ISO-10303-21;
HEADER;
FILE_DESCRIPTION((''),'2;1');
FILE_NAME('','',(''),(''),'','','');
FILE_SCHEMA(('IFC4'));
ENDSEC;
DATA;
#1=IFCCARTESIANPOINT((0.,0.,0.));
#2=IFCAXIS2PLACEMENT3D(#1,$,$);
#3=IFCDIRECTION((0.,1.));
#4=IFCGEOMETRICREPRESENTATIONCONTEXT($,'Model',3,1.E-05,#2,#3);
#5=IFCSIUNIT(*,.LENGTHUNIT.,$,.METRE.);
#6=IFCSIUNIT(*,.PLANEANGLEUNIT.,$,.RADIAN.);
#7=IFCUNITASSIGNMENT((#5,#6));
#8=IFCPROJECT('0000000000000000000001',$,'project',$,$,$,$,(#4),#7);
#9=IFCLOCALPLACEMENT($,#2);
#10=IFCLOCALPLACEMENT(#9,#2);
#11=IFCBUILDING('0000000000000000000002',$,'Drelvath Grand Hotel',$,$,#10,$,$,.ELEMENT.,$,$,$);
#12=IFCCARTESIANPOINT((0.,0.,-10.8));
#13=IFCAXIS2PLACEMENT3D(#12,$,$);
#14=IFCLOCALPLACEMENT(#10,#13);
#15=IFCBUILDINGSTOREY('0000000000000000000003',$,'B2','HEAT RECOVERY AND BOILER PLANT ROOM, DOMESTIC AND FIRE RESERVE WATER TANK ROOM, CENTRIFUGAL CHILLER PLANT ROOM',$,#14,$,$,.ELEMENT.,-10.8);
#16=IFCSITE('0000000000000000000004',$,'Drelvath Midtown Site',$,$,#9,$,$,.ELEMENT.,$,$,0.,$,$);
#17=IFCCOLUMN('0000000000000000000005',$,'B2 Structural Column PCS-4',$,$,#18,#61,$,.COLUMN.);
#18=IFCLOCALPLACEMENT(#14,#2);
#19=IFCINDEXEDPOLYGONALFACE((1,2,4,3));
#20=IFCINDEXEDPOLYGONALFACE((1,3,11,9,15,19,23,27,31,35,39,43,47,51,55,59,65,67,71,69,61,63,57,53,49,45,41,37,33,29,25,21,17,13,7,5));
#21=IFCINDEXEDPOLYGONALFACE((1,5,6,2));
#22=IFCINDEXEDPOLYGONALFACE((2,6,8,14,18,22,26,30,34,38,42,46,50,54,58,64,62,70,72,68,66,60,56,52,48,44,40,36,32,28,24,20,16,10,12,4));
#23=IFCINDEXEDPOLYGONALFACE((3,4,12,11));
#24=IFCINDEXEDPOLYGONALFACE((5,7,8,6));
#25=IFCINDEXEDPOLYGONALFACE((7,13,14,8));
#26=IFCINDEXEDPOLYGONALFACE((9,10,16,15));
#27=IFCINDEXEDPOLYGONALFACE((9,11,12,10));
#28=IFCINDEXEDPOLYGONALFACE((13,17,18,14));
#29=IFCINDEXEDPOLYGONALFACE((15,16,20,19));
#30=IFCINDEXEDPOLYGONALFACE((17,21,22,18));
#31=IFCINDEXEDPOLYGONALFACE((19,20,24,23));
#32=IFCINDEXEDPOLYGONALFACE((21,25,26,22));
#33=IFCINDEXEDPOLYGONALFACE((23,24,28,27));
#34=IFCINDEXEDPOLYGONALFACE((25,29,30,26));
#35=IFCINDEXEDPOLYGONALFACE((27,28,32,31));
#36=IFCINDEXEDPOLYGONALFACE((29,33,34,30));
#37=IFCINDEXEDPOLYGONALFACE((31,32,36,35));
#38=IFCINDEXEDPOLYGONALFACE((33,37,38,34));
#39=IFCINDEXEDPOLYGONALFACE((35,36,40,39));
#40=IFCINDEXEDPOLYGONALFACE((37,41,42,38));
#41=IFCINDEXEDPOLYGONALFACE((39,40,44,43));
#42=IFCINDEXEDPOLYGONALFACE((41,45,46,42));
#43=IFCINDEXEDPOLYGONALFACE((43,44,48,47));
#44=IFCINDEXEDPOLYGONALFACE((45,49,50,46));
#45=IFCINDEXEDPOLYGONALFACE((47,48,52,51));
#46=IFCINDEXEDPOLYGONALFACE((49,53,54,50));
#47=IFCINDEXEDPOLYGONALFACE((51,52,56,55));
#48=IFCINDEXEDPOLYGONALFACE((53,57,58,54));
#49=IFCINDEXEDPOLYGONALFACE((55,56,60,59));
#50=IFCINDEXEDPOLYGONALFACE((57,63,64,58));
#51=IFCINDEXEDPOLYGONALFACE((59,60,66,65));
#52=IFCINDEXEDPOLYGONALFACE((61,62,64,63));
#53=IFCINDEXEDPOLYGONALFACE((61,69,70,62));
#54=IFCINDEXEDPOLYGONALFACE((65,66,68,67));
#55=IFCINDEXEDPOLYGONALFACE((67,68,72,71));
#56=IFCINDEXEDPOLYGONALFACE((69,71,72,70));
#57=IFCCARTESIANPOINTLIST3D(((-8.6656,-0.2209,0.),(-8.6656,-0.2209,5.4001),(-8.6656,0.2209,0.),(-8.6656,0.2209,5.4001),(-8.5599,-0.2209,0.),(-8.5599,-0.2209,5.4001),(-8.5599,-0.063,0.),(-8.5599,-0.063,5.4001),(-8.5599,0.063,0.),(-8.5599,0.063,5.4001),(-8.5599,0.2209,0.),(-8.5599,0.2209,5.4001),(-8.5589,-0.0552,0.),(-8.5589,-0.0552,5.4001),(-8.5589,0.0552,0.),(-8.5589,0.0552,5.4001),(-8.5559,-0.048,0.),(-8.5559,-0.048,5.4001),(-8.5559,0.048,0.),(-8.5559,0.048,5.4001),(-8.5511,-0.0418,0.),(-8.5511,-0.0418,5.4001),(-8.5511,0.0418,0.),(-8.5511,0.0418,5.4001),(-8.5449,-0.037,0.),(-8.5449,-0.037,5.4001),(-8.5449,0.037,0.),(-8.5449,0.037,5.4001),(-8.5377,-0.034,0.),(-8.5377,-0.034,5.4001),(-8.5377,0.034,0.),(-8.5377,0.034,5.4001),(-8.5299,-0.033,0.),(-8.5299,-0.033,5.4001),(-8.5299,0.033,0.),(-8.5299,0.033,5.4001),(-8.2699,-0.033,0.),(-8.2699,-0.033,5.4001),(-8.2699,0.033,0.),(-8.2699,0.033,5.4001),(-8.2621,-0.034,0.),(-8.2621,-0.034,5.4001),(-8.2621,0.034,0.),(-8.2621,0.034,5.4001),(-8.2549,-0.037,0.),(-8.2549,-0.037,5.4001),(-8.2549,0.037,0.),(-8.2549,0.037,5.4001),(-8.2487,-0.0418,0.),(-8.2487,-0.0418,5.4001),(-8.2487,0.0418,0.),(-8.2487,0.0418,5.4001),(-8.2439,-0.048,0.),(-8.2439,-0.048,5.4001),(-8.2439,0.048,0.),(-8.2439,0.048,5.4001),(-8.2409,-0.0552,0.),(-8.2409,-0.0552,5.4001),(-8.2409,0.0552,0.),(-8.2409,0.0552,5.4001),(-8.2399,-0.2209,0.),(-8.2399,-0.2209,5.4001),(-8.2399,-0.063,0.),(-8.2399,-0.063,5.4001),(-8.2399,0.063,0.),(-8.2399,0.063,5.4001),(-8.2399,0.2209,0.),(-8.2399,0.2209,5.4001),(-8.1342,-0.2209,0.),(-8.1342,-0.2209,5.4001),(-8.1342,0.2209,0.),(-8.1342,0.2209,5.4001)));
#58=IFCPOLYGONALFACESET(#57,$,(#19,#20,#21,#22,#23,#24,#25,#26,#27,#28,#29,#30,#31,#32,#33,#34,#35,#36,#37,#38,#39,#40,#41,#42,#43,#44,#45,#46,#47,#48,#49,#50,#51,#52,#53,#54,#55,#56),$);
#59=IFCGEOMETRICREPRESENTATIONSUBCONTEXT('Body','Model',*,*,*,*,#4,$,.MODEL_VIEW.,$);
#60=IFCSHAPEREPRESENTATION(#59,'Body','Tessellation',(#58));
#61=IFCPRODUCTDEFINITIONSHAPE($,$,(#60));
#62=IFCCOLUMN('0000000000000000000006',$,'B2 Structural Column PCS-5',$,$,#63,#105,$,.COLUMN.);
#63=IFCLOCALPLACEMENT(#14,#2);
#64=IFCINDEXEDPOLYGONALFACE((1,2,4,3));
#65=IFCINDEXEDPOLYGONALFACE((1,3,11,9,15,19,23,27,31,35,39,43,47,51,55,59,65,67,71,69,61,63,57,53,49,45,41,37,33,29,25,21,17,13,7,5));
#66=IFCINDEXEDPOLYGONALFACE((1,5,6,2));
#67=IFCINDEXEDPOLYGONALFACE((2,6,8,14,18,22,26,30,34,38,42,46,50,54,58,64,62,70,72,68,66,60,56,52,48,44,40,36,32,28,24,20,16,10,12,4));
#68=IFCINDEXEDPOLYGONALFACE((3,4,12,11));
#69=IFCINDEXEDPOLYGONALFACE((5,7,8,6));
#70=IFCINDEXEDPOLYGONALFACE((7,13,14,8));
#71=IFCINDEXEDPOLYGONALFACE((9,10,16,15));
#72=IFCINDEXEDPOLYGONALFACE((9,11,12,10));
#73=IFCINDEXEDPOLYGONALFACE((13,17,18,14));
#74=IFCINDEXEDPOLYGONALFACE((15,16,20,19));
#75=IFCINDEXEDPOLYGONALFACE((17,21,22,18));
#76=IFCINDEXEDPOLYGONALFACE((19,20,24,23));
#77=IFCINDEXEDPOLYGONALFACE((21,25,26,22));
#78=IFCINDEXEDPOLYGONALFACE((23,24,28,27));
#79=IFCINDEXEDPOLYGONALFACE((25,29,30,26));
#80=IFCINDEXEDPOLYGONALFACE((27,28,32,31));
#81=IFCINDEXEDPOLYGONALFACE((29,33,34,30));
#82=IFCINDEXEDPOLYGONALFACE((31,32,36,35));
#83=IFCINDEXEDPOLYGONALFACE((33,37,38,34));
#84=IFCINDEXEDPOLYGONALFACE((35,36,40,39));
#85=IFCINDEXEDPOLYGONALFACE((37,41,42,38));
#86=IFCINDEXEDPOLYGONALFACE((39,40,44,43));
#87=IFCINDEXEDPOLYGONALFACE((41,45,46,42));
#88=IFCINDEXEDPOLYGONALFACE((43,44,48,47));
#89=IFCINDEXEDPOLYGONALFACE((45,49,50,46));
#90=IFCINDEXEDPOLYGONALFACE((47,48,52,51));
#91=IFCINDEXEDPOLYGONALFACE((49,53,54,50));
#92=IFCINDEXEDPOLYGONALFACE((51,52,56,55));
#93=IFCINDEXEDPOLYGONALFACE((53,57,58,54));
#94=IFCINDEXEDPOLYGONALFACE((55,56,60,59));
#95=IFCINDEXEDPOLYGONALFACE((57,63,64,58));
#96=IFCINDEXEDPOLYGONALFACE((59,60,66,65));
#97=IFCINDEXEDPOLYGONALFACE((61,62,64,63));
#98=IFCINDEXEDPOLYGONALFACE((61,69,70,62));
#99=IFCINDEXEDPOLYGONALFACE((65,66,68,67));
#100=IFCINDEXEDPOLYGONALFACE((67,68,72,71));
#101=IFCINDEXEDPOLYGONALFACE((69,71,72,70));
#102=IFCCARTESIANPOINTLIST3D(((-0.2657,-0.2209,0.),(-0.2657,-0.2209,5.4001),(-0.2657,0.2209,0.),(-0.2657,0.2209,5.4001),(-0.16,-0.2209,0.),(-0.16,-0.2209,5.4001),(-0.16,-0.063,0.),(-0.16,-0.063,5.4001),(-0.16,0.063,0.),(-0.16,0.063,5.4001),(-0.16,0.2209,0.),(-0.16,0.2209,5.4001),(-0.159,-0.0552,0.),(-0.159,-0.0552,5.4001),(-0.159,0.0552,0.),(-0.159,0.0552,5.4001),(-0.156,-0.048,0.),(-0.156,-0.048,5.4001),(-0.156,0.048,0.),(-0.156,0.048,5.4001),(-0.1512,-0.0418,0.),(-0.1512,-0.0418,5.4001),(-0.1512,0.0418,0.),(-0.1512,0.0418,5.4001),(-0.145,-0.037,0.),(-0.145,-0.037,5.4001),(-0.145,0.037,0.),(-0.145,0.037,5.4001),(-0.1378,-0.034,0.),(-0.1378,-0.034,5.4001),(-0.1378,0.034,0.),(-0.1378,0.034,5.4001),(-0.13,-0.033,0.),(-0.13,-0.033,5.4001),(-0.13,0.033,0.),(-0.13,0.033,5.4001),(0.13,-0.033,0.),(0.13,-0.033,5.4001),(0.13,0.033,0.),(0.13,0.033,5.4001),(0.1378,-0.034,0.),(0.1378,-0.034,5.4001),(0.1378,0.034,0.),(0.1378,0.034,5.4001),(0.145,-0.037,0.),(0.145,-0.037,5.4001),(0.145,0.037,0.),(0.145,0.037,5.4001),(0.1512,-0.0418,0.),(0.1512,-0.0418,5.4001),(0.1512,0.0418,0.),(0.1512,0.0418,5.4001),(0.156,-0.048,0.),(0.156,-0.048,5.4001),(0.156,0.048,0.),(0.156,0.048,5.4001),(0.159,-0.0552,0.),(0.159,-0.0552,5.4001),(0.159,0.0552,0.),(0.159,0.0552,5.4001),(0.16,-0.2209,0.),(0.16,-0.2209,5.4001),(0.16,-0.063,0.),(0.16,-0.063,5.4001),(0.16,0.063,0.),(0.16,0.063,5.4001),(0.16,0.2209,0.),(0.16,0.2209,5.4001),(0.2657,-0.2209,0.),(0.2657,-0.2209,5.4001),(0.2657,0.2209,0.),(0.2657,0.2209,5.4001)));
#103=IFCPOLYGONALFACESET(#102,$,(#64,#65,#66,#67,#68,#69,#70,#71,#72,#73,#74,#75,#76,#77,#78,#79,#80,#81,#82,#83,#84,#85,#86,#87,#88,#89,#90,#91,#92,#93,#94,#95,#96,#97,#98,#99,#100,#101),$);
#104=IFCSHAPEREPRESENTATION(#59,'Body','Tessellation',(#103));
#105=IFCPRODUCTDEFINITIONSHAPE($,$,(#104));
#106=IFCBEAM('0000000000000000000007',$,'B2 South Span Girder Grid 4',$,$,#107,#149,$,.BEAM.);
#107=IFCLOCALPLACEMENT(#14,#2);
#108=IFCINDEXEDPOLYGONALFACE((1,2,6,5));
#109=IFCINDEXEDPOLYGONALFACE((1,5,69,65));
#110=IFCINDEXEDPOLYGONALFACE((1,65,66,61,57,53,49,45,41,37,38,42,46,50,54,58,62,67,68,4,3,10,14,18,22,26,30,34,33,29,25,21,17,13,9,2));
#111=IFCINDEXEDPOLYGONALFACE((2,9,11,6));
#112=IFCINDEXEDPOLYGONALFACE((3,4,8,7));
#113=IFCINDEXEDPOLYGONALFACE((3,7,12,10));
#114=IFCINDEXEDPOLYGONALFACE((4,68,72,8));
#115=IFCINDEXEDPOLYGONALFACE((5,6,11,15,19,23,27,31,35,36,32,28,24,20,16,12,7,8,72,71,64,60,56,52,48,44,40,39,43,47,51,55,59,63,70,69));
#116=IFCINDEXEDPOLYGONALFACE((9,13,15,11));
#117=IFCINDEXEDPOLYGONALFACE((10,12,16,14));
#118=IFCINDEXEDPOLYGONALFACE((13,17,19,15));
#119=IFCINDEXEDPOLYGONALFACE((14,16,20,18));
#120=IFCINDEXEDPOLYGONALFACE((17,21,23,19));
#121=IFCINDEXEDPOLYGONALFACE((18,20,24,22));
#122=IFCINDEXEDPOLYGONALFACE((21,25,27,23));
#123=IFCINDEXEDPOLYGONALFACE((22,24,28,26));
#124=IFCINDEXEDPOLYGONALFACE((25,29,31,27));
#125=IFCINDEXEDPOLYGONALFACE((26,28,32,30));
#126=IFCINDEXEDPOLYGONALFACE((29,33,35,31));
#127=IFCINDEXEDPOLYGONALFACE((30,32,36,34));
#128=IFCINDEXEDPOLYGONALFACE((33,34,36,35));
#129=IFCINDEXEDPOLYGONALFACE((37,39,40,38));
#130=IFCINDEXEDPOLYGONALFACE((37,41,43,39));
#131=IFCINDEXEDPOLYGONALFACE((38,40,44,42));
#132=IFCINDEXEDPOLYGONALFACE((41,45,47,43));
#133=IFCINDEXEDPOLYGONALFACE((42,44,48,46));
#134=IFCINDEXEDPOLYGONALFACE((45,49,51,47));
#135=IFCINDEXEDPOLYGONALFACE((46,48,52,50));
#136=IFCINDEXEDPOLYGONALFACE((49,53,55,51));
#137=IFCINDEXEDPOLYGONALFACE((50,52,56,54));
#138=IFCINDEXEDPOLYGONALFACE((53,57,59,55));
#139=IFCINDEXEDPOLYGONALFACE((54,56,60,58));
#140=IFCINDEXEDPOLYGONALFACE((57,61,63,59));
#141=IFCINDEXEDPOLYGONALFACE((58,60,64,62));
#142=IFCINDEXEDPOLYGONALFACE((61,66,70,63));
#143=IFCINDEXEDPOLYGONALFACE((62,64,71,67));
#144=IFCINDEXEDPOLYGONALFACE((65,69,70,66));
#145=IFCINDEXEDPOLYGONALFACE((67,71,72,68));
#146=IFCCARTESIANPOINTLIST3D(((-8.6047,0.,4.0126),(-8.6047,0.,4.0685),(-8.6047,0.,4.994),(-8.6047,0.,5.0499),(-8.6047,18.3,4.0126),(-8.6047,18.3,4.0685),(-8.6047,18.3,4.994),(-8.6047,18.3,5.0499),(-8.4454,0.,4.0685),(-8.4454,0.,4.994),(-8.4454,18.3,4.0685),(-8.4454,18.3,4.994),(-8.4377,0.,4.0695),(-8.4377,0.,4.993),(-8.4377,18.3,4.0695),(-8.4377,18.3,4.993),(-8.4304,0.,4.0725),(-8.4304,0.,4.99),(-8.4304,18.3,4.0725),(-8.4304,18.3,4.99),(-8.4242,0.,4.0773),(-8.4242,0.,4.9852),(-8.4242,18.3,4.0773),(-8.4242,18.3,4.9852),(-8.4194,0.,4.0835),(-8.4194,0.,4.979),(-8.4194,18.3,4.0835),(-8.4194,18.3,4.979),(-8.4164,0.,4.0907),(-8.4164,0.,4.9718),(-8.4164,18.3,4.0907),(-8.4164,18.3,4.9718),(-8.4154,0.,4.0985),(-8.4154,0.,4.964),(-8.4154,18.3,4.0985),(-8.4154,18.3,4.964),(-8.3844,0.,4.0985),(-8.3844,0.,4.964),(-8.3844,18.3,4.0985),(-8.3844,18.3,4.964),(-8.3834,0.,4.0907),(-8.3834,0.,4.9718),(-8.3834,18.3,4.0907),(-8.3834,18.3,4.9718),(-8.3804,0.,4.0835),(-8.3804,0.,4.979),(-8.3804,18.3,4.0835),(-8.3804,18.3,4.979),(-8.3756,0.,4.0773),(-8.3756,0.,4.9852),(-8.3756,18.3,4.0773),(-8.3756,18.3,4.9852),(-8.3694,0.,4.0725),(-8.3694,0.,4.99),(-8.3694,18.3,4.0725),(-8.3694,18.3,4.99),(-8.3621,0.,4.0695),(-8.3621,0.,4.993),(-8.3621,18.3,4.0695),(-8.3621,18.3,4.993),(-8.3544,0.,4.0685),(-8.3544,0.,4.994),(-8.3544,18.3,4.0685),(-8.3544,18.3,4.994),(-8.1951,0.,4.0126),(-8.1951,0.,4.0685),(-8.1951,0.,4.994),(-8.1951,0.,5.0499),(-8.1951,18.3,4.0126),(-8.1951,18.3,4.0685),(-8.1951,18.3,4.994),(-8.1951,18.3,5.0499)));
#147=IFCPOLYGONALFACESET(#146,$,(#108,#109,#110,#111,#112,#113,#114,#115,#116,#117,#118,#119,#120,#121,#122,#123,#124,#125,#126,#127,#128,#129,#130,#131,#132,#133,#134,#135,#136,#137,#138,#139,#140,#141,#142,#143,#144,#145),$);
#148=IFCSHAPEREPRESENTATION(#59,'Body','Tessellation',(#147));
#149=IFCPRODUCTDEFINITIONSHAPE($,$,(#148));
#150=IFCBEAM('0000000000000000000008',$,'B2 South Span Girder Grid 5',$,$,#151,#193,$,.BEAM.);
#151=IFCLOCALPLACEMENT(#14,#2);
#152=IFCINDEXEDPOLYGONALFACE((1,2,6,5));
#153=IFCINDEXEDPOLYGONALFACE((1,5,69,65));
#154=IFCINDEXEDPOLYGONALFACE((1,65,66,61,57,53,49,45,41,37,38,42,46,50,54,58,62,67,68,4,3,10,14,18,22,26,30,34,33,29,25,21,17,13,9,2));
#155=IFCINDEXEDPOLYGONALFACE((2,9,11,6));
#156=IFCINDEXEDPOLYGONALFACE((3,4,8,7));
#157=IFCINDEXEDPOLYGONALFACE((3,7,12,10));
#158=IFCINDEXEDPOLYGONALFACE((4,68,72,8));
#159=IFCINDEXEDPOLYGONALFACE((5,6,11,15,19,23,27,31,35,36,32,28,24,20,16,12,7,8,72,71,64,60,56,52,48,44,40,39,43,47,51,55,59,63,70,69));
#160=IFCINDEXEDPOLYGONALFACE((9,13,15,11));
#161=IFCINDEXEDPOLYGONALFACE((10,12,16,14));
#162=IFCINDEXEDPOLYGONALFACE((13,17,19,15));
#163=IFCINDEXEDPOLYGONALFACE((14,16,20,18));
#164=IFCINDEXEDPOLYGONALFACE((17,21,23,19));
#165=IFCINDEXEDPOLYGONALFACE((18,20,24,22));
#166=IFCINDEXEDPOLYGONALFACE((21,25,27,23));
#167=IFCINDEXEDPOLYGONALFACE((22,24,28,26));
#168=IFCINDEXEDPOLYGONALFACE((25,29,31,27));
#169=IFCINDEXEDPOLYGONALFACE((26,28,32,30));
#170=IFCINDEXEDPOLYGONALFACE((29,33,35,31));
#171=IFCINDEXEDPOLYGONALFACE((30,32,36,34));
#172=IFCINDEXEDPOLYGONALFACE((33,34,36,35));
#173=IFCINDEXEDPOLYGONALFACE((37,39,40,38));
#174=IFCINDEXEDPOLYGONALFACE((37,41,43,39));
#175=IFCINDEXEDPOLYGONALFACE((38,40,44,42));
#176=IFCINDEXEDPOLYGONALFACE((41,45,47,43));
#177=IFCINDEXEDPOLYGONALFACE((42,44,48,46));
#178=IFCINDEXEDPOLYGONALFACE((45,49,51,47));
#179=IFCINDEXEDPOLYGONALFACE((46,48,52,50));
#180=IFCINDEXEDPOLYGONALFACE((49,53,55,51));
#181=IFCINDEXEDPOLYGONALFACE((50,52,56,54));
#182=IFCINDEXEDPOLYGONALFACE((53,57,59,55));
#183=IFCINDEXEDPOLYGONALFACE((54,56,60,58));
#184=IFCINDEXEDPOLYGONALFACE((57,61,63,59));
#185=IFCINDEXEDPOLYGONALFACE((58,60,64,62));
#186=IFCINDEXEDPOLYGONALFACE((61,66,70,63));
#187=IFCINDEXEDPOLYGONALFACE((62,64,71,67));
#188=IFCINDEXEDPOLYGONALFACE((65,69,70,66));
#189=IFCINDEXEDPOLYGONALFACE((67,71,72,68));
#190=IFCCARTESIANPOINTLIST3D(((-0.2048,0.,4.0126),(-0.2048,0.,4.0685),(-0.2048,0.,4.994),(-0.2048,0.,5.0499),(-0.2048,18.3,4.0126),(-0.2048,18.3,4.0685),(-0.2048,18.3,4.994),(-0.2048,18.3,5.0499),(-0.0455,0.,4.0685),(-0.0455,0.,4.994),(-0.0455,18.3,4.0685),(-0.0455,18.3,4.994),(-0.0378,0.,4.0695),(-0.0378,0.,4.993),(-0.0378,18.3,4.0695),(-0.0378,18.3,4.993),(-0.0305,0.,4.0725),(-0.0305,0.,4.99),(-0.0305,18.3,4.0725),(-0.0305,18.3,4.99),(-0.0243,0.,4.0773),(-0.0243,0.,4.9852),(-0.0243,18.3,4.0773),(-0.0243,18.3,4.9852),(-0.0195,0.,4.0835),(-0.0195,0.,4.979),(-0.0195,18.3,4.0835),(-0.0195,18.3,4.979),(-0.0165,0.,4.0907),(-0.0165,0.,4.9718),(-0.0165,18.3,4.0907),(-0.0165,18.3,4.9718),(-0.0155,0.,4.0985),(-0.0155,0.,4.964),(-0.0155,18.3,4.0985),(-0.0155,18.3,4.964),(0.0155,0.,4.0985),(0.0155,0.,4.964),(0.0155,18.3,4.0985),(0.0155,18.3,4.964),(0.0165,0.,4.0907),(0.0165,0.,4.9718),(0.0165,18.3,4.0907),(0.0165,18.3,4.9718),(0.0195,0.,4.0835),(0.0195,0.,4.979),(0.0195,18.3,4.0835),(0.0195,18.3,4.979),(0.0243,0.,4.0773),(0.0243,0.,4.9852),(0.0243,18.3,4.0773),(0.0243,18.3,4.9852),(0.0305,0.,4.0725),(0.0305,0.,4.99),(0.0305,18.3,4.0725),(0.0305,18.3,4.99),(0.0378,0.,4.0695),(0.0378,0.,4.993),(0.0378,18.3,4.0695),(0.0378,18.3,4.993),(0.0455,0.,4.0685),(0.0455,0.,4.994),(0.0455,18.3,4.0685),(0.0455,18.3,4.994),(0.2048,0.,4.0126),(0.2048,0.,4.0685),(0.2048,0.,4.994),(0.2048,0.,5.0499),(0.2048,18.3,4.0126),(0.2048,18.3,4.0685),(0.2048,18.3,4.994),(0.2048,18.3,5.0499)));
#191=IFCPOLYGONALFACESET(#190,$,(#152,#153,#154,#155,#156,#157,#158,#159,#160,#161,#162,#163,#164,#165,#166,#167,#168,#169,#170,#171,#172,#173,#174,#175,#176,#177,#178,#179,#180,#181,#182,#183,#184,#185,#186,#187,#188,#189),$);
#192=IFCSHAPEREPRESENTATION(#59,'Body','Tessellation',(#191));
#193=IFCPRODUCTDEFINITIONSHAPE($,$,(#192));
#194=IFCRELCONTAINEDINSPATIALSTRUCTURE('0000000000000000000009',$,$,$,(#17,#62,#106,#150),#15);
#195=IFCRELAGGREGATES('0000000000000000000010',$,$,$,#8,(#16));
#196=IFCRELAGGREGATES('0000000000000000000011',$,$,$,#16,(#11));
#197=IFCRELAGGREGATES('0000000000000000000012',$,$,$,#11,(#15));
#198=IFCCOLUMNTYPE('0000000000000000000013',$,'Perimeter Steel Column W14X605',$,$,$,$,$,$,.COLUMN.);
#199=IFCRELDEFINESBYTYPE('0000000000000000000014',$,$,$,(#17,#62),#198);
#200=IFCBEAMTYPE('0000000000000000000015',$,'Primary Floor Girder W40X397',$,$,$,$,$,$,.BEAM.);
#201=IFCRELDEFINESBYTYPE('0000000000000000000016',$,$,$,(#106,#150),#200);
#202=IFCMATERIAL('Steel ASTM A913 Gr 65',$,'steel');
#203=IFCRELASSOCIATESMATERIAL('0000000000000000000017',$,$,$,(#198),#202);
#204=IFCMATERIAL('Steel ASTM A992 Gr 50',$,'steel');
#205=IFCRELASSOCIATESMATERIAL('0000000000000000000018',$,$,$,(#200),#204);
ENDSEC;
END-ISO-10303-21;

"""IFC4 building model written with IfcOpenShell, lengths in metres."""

from ifc_helpers import new_model, si_unit, direction, frame, origin, origin_2d, place, context, subcontext, project, spatial, i_section, extrude, material, material_profile, profile_set, type_object, element, save


model = new_model("IFC4")

# Units and contexts
model_context = context("Model", 3, precision=1e-05, world=origin(), true_north=direction((0.0, 1.0)))
body_context = subcontext(model_context, "Body", "Model", "MODEL_VIEW")
ifc_project = project(units=[si_unit("LENGTHUNIT", "METRE"), si_unit("PLANEANGLEUNIT", "RADIAN")], contexts=[model_context])

# Site, building, storey
site_placement = place(None, origin())
site = spatial("IfcSite", under=ifc_project, at=site_placement, Name="Drelvath Midtown Site", CompositionType="ELEMENT", RefElevation=0.0)
building_placement = place(site_placement, origin())
building = spatial("IfcBuilding", under=site, at=building_placement, Name="Drelvath Grand Hotel", CompositionType="ELEMENT")
storey_placement = place(building_placement, frame((0.0, 0.0, -10.8)))
storey = spatial("IfcBuildingStorey", under=building, at=storey_placement, Name="B2", Description="HEAT RECOVERY AND BOILER PLANT ROOM, DOMESTIC AND FIRE RESERVE WATER TANK ROOM, CENTRIFUGAL CHILLER PLANT ROOM", CompositionType="ELEMENT", Elevation=-10.8)

# Columns
ifc_material_1 = material(Name="Steel ASTM A913 Gr 65", Category="steel")
ifc_material_profile_1 = material_profile(ifc_material_1, i_section(OverallWidth=0.4419, OverallDepth=0.5315, WebThickness=0.0659, FlangeThickness=0.1057, FilletRadius=0.03, at=origin_2d()), Name="W14X605")
ifc_profile_set_1 = profile_set([ifc_material_profile_1], Name="Steel ASTM A913 Gr 65")
column_type = type_object("IfcColumnType", Name="Perimeter Steel Column W14X605", PredefinedType="COLUMN", material=ifc_profile_set_1)
for number, where, z_axis, x_axis, name in (
    (1, (-8.3999, 0.0, 0.0), (0.0, 0.0, 1.0), (0.0, 1.0, 0.0), "B2 Structural Column PCS-4"),
    (2, (0.0, 0.0, 0.0), (0.0, 0.0, 1.0), (0.0, 1.0, 0.0), "B2 Structural Column PCS-5"),
):
    element("IfcColumn", number, at=place(storey_placement, frame(where, z_axis=z_axis, x_axis=x_axis)), inside=storey, type_object=column_type, Name=name, PredefinedType="COLUMN", context=body_context, shape_type="SweptSolid", body=[
        extrude(i_section(OverallWidth=0.4419, OverallDepth=0.5315, WebThickness=0.0659, FlangeThickness=0.1057, FilletRadius=0.03, at=origin_2d()), origin(), (0.0, 0.0, 1.0), 5.4001),
    ])

# Beams
ifc_material_2 = material(Name="Steel ASTM A992 Gr 50", Category="steel")
ifc_material_profile_2 = material_profile(ifc_material_2, i_section(OverallWidth=0.4097, OverallDepth=1.0374, WebThickness=0.031, FlangeThickness=0.0559, FilletRadius=0.03, at=origin_2d()), Name="W40X397")
ifc_profile_set_2 = profile_set([ifc_material_profile_2], Name="Steel ASTM A992 Gr 50")
beam_type = type_object("IfcBeamType", Name="Primary Floor Girder W40X397", PredefinedType="BEAM", material=ifc_profile_set_2)
for number, where, z_axis, x_axis, name in (
    (3, (-8.3999, 0.0, 4.5312), (0.0, 1.0, 0.0), (-1.0, 0.0, 0.0), "B2 South Span Girder Grid 4"),
    (4, (0.0, 0.0, 4.5312), (0.0, 1.0, 0.0), (-1.0, 0.0, 0.0), "B2 South Span Girder Grid 5"),
):
    element("IfcBeam", number, at=place(storey_placement, frame(where, z_axis=z_axis, x_axis=x_axis)), inside=storey, type_object=beam_type, Name=name, PredefinedType="BEAM", context=body_context, shape_type="SweptSolid", body=[
        extrude(i_section(OverallWidth=0.4097, OverallDepth=1.0374, WebThickness=0.031, FlangeThickness=0.0559, FilletRadius=0.03, at=origin_2d()), origin(), (0.0, 0.0, 1.0), 18.3),
    ])

save(model, "model.ifc")
